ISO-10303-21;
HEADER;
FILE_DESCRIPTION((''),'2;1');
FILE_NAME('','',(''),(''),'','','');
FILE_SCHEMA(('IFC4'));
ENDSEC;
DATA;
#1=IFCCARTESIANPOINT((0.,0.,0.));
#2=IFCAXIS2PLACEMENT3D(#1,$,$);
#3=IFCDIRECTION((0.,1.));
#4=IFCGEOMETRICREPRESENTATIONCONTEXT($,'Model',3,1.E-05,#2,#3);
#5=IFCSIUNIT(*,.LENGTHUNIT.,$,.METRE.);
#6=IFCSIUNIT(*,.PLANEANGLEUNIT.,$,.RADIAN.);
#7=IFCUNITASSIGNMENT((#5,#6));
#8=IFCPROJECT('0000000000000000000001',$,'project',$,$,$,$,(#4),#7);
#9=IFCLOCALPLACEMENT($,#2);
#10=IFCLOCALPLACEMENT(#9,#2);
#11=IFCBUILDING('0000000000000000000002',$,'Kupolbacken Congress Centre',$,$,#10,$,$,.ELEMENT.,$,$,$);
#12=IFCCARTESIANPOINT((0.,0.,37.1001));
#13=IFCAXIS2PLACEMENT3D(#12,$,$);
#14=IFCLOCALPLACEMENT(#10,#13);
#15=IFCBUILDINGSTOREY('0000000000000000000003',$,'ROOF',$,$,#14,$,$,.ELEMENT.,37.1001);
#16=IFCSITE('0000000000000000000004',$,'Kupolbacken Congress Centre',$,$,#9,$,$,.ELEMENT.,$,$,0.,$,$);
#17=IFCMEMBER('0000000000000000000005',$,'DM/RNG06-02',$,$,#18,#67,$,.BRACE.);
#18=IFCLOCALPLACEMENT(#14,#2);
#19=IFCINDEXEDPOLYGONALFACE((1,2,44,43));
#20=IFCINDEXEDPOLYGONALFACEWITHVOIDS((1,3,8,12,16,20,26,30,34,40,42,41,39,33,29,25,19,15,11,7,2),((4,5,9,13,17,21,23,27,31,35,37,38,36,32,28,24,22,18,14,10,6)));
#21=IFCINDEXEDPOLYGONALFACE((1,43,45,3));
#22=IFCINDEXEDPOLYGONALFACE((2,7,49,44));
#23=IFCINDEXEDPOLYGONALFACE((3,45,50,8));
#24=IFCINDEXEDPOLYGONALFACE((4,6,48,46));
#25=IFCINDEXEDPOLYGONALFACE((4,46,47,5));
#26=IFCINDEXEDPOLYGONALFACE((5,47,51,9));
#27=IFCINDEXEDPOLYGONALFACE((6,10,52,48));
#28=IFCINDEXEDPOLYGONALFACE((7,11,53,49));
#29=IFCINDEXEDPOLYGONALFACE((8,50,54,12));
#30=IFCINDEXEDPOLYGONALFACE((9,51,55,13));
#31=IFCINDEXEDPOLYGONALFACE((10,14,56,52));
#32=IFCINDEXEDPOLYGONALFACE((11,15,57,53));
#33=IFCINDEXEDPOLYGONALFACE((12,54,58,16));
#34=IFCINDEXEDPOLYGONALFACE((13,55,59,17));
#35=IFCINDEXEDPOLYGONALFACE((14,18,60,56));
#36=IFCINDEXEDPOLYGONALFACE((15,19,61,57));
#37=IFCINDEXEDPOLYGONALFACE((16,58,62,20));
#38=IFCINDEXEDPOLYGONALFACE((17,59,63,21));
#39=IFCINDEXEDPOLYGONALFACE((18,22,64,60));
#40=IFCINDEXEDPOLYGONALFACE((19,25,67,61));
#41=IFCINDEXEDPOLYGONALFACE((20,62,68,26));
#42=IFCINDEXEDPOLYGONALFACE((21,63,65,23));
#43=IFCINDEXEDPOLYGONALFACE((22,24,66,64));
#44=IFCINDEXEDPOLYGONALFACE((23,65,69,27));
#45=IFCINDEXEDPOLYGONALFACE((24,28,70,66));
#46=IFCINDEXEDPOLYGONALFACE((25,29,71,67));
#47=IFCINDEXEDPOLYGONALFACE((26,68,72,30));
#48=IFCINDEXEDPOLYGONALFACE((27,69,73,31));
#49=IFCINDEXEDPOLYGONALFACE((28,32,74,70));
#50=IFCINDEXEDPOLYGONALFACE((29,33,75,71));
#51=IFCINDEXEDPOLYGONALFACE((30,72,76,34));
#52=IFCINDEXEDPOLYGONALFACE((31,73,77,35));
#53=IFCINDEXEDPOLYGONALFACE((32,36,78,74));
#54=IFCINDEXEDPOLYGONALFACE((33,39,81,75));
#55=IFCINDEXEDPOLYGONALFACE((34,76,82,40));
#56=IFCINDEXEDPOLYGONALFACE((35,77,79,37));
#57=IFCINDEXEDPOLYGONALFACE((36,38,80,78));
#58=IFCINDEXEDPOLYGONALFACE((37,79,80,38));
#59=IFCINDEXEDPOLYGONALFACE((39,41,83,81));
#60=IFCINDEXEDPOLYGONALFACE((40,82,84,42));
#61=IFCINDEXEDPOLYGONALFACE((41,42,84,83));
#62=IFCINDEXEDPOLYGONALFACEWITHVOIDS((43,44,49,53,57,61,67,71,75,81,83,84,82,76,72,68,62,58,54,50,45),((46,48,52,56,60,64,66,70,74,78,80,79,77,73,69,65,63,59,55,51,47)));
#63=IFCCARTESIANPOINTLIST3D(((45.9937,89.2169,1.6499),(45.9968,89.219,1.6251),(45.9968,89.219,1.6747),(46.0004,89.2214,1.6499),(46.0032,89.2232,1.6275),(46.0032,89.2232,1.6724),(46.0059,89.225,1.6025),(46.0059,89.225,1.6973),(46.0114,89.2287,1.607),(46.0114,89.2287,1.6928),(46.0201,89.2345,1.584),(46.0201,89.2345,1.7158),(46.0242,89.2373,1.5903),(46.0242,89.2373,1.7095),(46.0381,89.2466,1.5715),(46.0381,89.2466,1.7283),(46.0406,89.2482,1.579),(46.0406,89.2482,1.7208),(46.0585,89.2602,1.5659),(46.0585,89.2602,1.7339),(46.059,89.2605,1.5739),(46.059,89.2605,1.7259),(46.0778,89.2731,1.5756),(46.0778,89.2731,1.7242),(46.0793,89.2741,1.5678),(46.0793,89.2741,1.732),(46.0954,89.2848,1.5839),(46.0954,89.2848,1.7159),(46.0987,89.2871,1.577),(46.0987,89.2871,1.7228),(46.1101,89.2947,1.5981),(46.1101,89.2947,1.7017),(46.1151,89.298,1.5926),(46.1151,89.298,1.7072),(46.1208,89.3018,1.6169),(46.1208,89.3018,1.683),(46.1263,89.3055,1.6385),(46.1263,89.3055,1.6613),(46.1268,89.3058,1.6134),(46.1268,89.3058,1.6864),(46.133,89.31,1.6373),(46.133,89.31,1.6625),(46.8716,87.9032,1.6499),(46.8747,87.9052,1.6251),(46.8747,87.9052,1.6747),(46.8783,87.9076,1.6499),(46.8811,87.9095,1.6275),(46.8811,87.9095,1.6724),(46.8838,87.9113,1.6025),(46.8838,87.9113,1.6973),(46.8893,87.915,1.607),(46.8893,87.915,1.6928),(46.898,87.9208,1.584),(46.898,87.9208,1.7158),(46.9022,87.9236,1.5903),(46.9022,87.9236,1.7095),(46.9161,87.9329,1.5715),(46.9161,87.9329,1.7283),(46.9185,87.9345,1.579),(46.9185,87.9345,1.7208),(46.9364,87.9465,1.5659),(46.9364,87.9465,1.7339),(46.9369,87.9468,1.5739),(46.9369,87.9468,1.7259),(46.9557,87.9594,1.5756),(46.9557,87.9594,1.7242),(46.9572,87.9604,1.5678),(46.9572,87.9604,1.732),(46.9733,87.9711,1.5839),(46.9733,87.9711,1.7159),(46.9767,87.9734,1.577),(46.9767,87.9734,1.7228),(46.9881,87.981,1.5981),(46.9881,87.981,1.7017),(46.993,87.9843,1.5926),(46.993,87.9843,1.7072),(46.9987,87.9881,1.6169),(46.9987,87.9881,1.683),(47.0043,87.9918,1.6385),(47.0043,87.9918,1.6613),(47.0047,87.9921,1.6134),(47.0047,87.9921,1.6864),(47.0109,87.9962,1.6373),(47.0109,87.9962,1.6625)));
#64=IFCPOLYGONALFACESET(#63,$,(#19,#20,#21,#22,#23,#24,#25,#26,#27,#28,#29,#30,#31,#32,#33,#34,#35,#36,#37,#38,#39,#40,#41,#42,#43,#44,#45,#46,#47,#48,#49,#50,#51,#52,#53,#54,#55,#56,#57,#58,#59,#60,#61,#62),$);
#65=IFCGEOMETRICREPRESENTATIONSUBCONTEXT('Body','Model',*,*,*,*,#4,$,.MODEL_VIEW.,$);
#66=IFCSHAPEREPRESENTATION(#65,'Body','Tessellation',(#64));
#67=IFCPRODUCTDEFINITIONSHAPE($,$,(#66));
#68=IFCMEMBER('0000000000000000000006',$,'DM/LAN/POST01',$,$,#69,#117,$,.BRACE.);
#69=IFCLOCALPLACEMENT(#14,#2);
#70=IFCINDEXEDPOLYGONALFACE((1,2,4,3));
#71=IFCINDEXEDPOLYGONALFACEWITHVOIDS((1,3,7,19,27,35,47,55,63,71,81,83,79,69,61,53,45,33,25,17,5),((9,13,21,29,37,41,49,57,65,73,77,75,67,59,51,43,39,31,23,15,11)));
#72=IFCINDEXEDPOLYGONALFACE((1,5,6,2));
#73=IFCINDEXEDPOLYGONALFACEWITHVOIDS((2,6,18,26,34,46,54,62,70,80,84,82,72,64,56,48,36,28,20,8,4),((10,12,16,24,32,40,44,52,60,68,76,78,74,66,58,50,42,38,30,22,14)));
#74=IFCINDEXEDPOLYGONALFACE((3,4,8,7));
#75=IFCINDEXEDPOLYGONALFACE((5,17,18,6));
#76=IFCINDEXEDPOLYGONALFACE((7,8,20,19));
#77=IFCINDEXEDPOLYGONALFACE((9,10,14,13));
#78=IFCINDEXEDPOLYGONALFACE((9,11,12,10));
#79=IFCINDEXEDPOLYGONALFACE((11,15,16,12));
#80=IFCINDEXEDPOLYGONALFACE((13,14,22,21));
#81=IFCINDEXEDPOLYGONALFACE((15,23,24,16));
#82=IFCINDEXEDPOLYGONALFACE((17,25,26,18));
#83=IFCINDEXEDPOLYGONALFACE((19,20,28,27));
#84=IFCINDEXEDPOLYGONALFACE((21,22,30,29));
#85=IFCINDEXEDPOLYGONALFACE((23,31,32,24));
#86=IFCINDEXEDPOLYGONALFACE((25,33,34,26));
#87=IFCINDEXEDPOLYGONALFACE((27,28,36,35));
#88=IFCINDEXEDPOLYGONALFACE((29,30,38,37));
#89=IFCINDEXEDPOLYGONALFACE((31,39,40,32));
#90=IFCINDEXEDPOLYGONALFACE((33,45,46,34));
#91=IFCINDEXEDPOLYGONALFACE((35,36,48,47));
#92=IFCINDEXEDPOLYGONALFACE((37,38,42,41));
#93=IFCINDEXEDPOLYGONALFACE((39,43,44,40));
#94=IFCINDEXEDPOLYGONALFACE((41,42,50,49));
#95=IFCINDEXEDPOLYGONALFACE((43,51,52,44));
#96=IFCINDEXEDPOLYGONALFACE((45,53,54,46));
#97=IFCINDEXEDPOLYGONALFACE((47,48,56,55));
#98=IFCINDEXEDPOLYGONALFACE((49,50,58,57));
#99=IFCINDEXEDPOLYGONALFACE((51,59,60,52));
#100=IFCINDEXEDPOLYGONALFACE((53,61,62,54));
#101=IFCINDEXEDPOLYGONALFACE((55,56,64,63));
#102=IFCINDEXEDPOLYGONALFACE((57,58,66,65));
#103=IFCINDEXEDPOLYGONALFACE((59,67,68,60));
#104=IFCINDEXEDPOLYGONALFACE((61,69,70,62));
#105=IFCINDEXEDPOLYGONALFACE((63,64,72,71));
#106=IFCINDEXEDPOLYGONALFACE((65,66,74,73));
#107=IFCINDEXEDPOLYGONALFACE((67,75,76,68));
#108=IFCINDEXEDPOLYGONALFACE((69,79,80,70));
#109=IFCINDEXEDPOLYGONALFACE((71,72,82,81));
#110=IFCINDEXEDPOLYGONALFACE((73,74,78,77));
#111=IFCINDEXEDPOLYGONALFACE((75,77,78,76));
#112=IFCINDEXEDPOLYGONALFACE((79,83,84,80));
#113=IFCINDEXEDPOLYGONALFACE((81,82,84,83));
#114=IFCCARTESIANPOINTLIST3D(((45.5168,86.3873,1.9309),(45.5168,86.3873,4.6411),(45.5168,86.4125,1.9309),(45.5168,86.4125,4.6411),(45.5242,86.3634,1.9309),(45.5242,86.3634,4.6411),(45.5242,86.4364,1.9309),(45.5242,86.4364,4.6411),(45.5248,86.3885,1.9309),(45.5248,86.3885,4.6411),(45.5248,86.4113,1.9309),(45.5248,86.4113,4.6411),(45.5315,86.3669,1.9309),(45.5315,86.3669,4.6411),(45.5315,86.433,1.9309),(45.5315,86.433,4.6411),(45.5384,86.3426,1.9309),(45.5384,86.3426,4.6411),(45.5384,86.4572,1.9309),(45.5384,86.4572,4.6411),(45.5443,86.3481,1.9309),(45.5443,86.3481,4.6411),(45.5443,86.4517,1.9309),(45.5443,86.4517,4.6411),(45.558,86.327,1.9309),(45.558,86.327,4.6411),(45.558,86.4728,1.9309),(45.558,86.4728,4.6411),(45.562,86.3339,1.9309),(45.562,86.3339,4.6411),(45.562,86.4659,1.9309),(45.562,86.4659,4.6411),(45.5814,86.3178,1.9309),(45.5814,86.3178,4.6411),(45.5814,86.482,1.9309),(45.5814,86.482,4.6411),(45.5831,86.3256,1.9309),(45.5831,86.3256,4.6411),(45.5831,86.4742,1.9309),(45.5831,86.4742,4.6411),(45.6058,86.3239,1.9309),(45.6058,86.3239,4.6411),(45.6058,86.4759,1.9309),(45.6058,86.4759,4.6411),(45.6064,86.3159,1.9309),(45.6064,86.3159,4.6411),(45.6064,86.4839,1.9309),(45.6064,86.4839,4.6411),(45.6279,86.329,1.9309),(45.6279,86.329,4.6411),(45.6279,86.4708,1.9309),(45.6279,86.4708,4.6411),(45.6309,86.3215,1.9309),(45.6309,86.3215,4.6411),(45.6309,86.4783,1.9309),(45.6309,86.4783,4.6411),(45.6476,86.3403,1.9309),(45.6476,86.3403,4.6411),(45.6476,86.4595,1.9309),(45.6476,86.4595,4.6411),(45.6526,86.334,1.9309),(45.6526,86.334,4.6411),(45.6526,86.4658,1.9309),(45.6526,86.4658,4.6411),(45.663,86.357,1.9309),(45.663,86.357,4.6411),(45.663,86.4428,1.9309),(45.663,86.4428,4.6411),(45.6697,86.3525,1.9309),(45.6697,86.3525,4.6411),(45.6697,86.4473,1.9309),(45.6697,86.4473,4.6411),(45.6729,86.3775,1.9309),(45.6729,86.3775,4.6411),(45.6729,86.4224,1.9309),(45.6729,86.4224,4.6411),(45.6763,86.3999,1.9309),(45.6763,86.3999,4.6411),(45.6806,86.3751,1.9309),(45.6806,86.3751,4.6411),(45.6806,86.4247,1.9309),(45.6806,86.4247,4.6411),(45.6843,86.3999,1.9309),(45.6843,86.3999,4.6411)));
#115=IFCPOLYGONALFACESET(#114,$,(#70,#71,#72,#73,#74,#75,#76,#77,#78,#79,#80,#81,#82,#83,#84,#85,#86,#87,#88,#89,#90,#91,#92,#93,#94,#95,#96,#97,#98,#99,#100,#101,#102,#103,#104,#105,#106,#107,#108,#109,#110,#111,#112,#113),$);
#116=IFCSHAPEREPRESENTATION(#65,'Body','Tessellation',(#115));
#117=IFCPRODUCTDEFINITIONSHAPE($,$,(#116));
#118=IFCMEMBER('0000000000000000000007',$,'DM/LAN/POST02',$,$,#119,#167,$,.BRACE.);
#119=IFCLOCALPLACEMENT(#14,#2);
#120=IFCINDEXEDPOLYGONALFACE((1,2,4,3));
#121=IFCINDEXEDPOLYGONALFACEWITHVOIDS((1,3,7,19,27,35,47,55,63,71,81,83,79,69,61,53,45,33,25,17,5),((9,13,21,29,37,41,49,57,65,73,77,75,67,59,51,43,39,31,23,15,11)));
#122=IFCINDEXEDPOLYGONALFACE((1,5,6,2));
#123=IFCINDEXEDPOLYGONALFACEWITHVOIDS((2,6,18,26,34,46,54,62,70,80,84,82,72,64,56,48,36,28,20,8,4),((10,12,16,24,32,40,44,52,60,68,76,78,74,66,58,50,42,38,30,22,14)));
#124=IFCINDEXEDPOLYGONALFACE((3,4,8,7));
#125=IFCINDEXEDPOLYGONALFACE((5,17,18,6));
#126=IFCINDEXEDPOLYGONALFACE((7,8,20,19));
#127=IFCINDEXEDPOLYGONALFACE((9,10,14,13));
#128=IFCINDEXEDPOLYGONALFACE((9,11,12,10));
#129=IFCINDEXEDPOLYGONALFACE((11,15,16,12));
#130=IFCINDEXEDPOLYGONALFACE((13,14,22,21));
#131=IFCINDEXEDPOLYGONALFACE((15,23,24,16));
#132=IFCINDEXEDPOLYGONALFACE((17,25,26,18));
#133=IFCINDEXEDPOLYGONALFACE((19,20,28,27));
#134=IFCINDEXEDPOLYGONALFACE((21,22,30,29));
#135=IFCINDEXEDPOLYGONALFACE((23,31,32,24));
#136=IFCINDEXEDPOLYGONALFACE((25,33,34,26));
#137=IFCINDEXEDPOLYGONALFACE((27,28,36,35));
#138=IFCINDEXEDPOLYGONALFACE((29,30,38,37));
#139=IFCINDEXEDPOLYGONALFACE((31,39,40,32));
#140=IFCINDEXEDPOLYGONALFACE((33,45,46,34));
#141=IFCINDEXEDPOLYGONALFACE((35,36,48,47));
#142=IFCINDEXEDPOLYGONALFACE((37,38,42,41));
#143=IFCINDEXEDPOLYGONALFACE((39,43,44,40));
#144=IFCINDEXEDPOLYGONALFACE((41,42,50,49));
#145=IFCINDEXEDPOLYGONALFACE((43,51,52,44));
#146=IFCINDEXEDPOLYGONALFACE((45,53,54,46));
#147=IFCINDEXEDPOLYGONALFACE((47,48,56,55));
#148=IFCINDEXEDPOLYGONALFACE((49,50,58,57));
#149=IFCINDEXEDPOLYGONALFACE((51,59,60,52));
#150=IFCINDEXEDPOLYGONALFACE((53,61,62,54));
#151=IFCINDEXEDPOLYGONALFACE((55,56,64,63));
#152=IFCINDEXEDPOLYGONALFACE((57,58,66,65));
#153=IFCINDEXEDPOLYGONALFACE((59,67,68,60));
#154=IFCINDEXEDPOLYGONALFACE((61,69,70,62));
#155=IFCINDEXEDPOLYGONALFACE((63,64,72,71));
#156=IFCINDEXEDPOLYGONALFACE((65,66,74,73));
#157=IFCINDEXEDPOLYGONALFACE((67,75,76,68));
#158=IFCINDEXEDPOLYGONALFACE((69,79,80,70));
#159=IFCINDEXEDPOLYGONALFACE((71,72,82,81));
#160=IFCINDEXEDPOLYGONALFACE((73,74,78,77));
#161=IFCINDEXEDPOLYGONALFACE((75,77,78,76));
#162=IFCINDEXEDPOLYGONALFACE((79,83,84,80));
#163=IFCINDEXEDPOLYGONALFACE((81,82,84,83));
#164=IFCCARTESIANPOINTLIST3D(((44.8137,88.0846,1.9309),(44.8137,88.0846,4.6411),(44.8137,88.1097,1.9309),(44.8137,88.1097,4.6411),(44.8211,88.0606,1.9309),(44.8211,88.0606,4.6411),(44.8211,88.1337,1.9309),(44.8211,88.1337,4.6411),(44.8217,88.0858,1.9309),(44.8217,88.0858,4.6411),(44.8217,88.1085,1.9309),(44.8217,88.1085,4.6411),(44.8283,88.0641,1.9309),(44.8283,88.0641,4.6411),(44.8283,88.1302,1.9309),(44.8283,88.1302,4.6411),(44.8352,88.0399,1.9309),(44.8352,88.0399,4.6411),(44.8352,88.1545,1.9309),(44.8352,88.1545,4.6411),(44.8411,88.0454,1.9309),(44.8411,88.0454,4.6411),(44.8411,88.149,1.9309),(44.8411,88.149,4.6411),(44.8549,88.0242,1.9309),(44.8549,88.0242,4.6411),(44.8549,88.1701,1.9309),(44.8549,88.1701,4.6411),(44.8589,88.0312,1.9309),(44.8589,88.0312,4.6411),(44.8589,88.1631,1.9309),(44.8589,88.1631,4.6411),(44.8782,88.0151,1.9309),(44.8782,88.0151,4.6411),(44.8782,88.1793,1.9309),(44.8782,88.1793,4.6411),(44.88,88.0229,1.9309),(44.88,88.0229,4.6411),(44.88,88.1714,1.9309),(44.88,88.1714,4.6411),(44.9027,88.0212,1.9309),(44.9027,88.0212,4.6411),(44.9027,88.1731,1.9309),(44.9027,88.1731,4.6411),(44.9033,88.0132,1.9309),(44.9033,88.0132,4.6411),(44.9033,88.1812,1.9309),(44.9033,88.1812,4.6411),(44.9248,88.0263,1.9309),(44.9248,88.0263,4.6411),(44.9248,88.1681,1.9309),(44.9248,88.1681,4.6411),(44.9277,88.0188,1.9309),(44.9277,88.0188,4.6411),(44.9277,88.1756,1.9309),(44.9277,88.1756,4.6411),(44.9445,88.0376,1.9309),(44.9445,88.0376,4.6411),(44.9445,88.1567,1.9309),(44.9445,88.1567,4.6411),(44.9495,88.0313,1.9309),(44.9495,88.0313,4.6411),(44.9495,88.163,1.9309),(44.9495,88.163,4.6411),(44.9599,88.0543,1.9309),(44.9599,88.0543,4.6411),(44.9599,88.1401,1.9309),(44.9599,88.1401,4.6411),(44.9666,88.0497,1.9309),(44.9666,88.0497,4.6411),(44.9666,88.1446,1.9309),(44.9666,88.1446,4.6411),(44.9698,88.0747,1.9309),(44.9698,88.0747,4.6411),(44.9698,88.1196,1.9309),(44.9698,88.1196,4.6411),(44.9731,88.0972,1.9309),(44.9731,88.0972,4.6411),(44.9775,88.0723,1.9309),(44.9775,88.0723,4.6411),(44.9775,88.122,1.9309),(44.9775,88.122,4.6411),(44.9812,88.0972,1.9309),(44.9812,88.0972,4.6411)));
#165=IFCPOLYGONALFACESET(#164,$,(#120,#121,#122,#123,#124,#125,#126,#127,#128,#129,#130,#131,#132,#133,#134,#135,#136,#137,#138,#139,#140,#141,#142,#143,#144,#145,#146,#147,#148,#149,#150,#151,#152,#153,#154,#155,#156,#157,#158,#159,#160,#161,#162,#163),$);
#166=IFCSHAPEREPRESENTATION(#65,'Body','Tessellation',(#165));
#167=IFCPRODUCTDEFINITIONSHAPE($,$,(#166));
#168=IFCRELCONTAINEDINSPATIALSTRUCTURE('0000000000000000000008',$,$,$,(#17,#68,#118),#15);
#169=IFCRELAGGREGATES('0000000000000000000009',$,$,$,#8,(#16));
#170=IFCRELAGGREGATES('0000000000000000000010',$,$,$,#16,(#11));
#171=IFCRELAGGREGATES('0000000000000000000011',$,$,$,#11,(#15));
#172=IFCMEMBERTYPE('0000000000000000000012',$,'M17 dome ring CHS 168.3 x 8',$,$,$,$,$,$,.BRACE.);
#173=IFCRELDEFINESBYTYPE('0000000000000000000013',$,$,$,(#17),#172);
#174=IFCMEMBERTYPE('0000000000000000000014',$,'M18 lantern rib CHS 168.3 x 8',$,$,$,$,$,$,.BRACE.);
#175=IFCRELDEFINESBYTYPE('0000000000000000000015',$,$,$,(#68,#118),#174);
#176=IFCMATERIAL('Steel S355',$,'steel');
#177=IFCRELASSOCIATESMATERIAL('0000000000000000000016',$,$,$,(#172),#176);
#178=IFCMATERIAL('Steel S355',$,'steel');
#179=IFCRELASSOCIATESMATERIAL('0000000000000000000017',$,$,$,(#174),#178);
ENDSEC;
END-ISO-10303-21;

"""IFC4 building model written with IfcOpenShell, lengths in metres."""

from ifc_helpers import new_model, si_unit, direction, frame, origin, origin_2d, place, context, subcontext, project, spatial, hollow_circle, extrude, material, material_profile, profile_set, type_object, element, save


model = new_model("IFC4")

# Units and contexts
model_context = context("Model", 3, precision=1e-05, world=origin(), true_north=direction((0.0, 1.0)))
body_context = subcontext(model_context, "Body", "Model", "MODEL_VIEW")
ifc_project = project(units=[si_unit("LENGTHUNIT", "METRE"), si_unit("PLANEANGLEUNIT", "RADIAN")], contexts=[model_context])

# Site, building, storey
site_placement = place(None, origin())
site = spatial("IfcSite", under=ifc_project, at=site_placement, Name="Kupolbacken Congress Centre", CompositionType="ELEMENT", RefElevation=0.0)
building_placement = place(site_placement, origin())
building = spatial("IfcBuilding", under=site, at=building_placement, Name="Kupolbacken Congress Centre", CompositionType="ELEMENT")
storey_placement = place(building_placement, frame((0.0, 0.0, 37.1001)))
storey = spatial("IfcBuildingStorey", under=building, at=storey_placement, Name="ROOF", CompositionType="ELEMENT", Elevation=37.1001)

# Members
ifc_material_1 = material(Name="Steel S355", Category="steel")
ifc_material_profile_1 = material_profile(ifc_material_1, hollow_circle(Radius=0.0842, WallThickness=0.0081, at=origin_2d()), Name="CHS 168.3 x 8")
ifc_profile_set_1 = profile_set([ifc_material_profile_1], Name="Steel S355")
member_type_1 = type_object("IfcMemberType", Name="M17 dome ring CHS 168.3 x 8", PredefinedType="BRACE", material=ifc_profile_set_1)
member_1_placement = place(storey_placement, frame((46.9417, 87.95, 1.6499), z_axis=(-0.555627, 0.831432, 0.0), x_axis=(-0.831432, -0.555627, 0.0)))
element("IfcMember", 1, at=member_1_placement, inside=storey, type_object=member_type_1, Name="DM/RNG06-02", PredefinedType="BRACE", context=body_context, shape_type="SweptSolid", body=[
    extrude(hollow_circle(Radius=0.0842, WallThickness=0.0081, at=origin_2d()), origin(), (0.0, 0.0, 1.0), 1.5801),
])
ifc_material_2 = material(Name="Steel S355", Category="steel")
ifc_material_profile_2 = material_profile(ifc_material_2, hollow_circle(Radius=0.0842, WallThickness=0.0081, at=origin_2d()), Name="CHS 168.3 x 8")
ifc_profile_set_2 = profile_set([ifc_material_profile_2], Name="Steel S355")
member_type_2 = type_object("IfcMemberType", Name="M18 lantern rib CHS 168.3 x 8", PredefinedType="BRACE", material=ifc_profile_set_2)
for number, where, z_axis, x_axis, name in (
    (2, (45.6001, 86.3999, 1.9309), (0.0, 0.0, 1.0), (1.0, 0.0, 0.0), "DM/LAN/POST01"),
    (3, (44.897, 88.0972, 1.9309), (0.0, 0.0, 1.0), (1.0, 0.0, 0.0), "DM/LAN/POST02"),
):
    element("IfcMember", number, at=place(storey_placement, frame(where, z_axis=z_axis, x_axis=x_axis)), inside=storey, type_object=member_type_2, Name=name, PredefinedType="BRACE", context=body_context, shape_type="SweptSolid", body=[
        extrude(hollow_circle(Radius=0.0842, WallThickness=0.0081, at=origin_2d()), origin(), (0.0, 0.0, 1.0), 2.7102),
    ])

save(model, "model.ifc")
